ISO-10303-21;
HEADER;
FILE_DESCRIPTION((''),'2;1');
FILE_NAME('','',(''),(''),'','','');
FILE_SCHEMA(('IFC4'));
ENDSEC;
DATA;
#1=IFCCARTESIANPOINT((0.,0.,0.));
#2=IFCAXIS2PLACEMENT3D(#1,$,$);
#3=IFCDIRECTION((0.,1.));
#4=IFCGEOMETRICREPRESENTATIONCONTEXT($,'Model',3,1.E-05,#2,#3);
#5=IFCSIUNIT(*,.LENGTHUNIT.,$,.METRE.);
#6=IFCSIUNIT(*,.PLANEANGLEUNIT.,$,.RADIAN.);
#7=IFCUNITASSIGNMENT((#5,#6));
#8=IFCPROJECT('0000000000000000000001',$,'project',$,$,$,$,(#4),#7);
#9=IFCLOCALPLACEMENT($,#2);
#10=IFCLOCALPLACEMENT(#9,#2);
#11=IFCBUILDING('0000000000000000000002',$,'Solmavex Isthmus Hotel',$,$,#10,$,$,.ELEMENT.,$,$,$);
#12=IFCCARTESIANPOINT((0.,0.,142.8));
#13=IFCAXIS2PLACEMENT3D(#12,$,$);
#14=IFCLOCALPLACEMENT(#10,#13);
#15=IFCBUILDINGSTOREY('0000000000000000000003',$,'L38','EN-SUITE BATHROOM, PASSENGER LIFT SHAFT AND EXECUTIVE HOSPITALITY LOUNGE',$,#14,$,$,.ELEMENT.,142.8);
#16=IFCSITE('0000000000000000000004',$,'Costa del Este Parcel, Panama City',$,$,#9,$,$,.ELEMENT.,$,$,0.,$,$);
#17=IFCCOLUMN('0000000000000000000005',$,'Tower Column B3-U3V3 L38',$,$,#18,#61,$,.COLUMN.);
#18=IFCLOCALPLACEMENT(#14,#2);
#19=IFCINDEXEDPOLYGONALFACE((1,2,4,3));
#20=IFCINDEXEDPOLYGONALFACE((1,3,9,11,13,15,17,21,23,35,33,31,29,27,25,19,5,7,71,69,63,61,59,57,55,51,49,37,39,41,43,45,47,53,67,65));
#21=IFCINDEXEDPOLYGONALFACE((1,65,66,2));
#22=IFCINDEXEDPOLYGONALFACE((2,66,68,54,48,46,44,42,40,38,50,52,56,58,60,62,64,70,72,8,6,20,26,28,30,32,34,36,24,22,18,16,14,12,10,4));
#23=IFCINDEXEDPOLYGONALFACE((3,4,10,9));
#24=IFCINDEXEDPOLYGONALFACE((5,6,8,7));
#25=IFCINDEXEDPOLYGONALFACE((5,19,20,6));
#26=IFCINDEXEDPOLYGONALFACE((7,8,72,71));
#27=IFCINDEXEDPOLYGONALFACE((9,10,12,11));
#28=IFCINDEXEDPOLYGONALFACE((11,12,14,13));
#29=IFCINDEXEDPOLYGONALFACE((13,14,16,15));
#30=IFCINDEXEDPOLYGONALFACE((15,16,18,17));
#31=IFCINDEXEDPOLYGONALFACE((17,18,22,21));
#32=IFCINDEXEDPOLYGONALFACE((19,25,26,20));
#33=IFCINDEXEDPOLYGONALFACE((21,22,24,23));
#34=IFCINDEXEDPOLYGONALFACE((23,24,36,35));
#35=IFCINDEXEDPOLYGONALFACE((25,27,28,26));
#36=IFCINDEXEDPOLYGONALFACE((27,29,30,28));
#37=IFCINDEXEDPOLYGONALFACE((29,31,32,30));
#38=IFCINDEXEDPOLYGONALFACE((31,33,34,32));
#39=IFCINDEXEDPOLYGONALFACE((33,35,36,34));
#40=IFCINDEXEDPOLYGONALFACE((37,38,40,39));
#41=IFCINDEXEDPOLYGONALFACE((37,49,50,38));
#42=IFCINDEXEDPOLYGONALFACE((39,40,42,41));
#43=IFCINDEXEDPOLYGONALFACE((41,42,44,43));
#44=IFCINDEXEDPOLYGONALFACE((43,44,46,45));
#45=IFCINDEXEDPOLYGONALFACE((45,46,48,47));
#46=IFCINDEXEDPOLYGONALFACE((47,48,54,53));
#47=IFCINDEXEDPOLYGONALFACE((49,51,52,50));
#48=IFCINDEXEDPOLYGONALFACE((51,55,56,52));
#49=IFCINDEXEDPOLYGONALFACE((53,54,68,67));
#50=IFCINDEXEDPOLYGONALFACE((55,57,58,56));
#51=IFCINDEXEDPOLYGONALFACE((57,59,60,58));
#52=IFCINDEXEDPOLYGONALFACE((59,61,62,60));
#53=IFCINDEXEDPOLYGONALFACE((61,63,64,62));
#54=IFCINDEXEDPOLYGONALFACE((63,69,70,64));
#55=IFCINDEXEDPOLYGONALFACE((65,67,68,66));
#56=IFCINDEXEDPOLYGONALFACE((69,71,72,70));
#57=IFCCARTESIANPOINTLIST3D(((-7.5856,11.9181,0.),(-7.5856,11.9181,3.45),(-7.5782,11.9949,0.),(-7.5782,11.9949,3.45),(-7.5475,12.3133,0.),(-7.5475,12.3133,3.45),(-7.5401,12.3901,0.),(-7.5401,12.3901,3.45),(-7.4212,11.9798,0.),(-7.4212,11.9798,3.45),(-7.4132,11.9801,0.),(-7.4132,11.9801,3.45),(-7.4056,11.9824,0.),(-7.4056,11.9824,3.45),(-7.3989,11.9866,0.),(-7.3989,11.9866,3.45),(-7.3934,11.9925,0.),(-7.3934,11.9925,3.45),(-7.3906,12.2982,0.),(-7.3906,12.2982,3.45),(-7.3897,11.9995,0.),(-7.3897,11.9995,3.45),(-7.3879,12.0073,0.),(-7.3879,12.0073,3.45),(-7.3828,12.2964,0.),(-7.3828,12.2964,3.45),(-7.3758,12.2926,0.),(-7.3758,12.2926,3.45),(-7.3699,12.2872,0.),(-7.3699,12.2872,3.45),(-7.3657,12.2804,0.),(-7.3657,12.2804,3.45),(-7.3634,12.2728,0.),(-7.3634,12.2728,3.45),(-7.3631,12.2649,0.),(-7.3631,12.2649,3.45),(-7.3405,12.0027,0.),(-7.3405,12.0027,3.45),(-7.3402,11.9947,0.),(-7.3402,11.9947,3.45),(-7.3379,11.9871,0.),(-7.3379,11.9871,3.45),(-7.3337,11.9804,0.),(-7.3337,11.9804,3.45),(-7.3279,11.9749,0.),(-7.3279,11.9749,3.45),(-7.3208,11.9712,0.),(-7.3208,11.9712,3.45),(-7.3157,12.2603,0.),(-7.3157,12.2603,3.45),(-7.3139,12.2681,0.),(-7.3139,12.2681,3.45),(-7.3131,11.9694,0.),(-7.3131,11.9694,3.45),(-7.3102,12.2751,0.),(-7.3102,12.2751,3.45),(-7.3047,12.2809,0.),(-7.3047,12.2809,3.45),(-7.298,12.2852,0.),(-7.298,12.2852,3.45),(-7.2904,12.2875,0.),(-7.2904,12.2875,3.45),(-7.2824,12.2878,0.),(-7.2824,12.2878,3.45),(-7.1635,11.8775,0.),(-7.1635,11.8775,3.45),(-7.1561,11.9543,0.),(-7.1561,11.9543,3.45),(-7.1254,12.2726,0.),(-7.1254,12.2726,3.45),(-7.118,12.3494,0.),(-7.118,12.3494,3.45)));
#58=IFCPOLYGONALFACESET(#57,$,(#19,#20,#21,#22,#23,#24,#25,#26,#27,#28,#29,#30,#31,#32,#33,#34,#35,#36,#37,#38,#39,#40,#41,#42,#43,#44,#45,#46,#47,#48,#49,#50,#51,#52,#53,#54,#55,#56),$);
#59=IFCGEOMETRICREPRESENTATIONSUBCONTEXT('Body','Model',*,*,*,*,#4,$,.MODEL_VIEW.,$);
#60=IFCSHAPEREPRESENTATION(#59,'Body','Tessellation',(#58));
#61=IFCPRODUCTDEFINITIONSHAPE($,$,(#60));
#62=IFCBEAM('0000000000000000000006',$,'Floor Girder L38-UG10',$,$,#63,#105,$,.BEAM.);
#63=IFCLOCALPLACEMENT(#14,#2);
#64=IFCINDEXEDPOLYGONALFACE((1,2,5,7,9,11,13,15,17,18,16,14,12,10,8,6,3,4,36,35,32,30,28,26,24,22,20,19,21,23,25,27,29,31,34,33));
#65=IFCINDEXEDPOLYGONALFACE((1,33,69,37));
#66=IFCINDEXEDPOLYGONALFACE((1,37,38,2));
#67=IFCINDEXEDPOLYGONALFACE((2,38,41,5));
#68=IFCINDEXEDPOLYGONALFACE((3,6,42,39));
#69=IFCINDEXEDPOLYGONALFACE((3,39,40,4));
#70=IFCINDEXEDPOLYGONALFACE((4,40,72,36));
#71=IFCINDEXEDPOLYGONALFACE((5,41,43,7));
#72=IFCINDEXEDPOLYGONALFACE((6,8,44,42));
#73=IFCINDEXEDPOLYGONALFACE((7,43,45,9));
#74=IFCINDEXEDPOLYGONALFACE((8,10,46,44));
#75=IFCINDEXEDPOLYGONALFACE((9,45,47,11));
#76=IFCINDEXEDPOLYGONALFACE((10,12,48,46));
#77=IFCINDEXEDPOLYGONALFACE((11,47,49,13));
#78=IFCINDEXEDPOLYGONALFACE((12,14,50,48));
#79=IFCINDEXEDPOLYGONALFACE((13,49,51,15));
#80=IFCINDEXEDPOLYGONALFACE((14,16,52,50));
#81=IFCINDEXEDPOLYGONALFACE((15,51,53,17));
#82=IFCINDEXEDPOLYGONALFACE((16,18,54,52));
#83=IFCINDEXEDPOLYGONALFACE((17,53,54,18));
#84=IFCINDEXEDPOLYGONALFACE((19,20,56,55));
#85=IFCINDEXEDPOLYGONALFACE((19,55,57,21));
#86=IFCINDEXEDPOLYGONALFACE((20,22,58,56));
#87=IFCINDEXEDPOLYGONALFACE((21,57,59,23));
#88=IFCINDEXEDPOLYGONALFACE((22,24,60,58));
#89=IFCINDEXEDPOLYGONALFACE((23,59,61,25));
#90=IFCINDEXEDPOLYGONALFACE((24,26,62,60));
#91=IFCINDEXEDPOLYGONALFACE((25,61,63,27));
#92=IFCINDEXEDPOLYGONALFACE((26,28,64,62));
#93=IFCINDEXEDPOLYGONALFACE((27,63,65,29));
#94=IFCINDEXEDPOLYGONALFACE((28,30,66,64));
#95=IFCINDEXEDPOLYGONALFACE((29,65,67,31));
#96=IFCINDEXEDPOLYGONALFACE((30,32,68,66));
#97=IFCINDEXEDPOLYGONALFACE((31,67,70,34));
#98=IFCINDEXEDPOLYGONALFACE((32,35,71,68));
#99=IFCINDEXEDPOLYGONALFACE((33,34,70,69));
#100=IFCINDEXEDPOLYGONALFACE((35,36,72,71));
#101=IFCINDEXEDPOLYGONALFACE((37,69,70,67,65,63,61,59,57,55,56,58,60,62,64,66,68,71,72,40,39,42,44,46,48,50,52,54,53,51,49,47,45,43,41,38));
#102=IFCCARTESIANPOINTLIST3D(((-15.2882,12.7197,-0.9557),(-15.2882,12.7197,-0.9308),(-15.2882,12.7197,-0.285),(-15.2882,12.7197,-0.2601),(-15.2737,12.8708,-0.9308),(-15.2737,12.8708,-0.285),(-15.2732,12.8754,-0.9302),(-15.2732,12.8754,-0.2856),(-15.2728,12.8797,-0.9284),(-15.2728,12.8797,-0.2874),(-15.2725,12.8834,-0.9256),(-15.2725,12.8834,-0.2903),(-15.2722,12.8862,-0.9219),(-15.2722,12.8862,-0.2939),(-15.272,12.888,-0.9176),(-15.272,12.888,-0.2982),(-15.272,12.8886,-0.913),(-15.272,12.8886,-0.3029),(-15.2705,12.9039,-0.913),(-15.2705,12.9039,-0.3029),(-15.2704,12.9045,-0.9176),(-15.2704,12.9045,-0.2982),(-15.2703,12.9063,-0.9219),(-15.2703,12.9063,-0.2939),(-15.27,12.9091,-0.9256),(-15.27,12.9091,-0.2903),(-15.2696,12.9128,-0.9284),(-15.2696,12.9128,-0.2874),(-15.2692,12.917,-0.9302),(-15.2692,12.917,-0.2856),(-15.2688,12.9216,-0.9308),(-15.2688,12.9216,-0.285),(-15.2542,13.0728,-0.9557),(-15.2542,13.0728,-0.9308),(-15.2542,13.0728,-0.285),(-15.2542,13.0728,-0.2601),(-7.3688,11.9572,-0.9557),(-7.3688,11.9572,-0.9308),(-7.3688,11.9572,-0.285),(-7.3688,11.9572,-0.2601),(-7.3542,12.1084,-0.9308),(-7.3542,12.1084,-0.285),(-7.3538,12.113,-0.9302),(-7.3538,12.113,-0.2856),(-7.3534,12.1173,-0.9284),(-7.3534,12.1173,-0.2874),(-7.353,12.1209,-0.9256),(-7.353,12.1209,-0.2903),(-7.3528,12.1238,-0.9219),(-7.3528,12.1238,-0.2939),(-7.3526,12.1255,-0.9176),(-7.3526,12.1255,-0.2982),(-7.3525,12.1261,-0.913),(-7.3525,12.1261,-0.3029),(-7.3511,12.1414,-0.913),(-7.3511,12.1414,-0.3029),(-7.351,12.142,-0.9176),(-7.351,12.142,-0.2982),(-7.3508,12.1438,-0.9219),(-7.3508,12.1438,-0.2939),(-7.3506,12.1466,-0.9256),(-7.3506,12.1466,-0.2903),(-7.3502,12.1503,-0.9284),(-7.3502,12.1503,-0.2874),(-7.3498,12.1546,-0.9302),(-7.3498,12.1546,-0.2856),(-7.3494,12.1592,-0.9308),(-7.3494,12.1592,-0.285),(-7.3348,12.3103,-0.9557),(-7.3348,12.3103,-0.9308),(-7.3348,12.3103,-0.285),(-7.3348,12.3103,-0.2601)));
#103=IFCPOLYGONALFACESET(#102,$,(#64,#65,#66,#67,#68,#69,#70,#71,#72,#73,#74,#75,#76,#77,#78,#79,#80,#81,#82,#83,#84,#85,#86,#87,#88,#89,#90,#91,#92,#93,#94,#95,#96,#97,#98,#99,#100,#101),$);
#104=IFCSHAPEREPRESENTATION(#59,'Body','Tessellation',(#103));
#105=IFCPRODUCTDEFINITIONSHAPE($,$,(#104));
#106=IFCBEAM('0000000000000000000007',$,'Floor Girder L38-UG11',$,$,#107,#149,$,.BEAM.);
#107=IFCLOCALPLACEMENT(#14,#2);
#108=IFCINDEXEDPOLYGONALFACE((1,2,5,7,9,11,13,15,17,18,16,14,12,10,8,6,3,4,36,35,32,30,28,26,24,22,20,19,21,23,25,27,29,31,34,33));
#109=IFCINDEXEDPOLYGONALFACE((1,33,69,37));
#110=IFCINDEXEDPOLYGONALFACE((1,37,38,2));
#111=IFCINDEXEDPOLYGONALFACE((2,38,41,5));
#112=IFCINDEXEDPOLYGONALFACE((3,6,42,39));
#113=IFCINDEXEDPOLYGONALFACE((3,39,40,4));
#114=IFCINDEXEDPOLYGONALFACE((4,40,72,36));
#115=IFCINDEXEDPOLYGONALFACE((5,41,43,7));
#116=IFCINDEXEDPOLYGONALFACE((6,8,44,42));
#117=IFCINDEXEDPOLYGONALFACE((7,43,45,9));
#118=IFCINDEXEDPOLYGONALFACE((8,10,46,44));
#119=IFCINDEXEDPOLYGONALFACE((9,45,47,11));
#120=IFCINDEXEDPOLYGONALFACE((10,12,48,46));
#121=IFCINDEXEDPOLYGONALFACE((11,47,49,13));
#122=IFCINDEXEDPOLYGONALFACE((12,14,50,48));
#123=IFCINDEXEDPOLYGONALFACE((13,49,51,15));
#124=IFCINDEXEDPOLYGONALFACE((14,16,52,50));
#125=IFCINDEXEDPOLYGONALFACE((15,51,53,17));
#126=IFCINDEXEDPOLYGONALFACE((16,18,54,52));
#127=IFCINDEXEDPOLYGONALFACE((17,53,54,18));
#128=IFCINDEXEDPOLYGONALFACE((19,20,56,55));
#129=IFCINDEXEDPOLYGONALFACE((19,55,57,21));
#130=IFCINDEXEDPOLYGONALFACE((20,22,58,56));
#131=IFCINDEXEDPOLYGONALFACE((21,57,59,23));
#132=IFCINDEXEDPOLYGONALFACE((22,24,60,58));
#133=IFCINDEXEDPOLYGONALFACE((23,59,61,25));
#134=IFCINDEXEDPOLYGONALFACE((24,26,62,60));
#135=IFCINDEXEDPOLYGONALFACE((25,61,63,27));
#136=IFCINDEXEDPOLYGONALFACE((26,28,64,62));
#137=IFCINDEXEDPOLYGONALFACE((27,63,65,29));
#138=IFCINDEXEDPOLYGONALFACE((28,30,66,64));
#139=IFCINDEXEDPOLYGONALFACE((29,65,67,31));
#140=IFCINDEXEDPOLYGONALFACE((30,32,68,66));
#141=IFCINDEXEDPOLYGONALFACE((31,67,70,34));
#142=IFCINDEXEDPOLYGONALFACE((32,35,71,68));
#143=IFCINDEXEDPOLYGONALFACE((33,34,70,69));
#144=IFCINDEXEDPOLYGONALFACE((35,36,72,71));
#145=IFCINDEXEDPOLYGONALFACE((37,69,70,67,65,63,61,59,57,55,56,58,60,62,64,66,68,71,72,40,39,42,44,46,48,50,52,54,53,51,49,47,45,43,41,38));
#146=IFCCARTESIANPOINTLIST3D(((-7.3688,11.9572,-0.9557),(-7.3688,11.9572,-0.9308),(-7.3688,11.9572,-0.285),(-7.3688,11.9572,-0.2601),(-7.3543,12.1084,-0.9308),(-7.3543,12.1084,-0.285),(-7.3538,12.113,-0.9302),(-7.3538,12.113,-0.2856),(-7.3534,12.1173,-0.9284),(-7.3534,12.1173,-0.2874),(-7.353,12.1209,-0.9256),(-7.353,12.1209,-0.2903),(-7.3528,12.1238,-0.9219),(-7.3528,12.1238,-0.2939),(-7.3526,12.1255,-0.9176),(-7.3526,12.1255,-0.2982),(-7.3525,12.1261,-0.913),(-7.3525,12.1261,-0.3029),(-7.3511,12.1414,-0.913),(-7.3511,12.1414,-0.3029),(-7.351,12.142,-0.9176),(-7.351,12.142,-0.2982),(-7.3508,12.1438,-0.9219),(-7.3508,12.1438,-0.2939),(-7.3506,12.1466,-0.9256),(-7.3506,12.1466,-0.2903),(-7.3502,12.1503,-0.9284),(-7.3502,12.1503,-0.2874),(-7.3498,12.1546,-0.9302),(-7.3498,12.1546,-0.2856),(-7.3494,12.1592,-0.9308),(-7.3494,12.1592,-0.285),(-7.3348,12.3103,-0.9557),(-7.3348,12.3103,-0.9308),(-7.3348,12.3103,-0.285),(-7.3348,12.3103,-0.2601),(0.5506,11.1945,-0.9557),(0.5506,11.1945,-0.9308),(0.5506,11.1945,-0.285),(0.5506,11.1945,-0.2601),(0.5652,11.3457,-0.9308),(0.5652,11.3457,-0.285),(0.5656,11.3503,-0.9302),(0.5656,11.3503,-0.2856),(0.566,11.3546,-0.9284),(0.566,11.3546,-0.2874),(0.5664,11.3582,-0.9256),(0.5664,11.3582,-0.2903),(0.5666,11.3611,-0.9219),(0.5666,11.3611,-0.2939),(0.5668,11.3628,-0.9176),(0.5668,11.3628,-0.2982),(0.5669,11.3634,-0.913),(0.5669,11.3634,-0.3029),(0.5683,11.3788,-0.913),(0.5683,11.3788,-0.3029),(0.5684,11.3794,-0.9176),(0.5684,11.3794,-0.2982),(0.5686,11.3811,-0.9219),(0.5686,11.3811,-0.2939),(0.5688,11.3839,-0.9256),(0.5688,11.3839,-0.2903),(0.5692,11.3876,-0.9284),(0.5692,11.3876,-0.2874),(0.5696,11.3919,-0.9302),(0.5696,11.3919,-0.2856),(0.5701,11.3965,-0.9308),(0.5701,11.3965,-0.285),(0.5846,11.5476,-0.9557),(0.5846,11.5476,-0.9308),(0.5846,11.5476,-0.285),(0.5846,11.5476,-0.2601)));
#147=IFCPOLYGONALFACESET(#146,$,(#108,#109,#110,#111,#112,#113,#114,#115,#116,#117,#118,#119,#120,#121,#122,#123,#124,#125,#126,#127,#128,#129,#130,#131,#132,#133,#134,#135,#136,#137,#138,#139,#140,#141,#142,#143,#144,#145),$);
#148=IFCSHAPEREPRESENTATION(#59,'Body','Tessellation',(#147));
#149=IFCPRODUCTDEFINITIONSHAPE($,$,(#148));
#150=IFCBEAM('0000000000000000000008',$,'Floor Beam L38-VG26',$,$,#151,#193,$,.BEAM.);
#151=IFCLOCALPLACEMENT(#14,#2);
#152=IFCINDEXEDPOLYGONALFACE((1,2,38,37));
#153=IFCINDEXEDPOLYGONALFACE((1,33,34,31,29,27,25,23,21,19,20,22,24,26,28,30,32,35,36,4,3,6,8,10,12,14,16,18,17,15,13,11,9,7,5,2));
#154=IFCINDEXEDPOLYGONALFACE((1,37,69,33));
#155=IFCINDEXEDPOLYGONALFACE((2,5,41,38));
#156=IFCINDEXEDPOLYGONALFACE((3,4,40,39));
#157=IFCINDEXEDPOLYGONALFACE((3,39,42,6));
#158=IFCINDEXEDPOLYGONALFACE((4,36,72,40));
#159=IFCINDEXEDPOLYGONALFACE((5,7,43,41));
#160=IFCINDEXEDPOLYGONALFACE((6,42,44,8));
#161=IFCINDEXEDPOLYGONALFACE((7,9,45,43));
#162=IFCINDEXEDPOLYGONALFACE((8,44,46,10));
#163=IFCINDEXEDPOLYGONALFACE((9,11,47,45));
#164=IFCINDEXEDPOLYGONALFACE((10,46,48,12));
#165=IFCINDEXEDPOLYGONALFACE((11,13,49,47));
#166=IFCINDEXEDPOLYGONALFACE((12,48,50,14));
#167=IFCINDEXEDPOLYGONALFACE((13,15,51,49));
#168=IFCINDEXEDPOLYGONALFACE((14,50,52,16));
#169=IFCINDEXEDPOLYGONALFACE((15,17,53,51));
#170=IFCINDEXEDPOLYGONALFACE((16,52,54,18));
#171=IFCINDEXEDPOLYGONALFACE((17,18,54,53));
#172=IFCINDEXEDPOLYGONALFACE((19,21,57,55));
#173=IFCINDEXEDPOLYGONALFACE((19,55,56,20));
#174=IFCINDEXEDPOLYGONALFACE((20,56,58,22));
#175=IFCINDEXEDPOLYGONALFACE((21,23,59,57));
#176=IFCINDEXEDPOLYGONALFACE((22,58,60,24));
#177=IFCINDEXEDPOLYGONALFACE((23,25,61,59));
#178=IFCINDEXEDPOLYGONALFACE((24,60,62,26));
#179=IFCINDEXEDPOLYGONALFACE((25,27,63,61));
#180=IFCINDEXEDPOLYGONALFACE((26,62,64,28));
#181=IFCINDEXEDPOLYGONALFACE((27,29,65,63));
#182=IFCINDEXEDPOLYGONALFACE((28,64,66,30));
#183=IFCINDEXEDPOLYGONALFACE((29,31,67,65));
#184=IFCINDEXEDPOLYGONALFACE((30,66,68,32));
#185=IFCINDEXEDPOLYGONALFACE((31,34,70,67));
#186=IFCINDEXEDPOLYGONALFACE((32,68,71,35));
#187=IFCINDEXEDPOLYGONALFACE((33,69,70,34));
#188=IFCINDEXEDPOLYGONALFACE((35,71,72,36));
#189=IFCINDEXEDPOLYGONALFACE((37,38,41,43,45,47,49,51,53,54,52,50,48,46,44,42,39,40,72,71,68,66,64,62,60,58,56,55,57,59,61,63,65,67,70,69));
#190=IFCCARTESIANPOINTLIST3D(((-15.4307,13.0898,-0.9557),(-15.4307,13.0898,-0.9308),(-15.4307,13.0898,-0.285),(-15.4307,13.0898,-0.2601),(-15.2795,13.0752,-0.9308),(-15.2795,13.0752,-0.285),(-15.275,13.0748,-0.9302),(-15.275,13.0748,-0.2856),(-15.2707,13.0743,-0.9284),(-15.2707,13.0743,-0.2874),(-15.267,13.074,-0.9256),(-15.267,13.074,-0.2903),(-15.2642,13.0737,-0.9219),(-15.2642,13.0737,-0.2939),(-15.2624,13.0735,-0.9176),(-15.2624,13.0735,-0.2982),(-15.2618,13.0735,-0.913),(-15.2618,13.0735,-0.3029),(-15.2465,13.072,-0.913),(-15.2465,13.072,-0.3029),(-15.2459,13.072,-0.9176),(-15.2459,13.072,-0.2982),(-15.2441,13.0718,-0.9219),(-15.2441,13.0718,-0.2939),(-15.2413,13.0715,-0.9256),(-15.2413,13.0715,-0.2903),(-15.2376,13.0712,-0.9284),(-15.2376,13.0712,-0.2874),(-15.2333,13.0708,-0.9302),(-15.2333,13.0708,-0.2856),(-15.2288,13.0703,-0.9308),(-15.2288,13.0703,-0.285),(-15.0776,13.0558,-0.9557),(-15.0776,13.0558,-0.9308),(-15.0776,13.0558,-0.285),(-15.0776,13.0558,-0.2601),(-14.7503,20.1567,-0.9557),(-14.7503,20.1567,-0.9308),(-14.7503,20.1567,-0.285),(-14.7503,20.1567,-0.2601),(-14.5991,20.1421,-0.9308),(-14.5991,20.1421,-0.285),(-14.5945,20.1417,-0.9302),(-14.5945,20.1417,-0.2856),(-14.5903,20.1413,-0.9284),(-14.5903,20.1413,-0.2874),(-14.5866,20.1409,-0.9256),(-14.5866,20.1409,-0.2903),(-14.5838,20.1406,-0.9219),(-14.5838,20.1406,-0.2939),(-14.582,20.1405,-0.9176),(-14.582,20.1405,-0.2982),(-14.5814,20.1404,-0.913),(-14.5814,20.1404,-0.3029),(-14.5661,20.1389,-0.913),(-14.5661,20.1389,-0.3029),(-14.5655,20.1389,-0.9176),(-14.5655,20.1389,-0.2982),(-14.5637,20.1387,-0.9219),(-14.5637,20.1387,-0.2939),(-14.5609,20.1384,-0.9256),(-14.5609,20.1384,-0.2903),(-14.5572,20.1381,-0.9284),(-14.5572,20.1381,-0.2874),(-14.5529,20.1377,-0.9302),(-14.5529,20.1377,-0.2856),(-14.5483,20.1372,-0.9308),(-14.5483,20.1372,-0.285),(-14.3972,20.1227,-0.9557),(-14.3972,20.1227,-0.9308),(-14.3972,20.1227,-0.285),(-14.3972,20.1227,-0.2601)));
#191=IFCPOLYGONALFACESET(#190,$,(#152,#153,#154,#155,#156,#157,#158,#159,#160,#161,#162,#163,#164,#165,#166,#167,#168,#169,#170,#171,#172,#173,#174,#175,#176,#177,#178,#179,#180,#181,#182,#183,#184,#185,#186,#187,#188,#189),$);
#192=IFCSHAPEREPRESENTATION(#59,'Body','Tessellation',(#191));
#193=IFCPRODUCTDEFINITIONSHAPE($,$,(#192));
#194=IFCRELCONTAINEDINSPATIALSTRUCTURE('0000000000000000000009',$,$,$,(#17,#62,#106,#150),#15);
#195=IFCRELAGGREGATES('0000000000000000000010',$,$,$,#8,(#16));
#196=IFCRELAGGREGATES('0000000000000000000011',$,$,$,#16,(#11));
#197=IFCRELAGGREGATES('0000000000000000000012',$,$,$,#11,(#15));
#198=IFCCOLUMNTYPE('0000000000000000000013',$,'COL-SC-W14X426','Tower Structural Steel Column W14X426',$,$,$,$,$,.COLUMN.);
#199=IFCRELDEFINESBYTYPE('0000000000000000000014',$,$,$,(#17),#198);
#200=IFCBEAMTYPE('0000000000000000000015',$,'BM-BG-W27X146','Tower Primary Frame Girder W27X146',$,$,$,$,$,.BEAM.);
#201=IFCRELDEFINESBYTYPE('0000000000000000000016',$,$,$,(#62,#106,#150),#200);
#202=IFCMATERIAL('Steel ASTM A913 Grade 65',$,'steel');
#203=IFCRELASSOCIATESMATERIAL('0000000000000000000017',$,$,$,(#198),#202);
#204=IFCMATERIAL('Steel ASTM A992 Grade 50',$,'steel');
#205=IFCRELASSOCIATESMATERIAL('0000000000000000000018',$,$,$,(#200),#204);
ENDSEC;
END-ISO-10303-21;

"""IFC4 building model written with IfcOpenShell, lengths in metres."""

from ifc_helpers import new_model, si_unit, direction, frame, origin, origin_2d, place, context, subcontext, project, spatial, i_section, extrude, material, material_profile, profile_set, type_object, element, save


model = new_model("IFC4")

# Units and contexts
model_context = context("Model", 3, precision=1e-05, world=origin(), true_north=direction((0.0, 1.0)))
body_context = subcontext(model_context, "Body", "Model", "MODEL_VIEW")
ifc_project = project(units=[si_unit("LENGTHUNIT", "METRE"), si_unit("PLANEANGLEUNIT", "RADIAN")], contexts=[model_context])

# Site, building, storey
site_placement = place(None, origin())
site = spatial("IfcSite", under=ifc_project, at=site_placement, Name="Costa del Este Parcel, Panama City", CompositionType="ELEMENT", RefElevation=0.0)
building_placement = place(site_placement, origin())
building = spatial("IfcBuilding", under=site, at=building_placement, Name="Solmavex Isthmus Hotel", CompositionType="ELEMENT")
storey_placement = place(building_placement, frame((0.0, 0.0, 142.8)))
storey = spatial("IfcBuildingStorey", under=building, at=storey_placement, Name="L38", Description="EN-SUITE BATHROOM, PASSENGER LIFT SHAFT AND EXECUTIVE HOSPITALITY LOUNGE", CompositionType="ELEMENT", Elevation=142.8)

# Column
ifc_material_1 = material(Name="Steel ASTM A913 Grade 65", Category="steel")
ifc_material_profile_1 = material_profile(ifc_material_1, i_section(OverallWidth=0.4241, OverallDepth=0.4741, WebThickness=0.0476, FlangeThickness=0.0771, FilletRadius=0.0305, at=origin_2d()), Name="W14X426")
ifc_profile_set_1 = profile_set([ifc_material_profile_1], Name="Steel ASTM A913 Grade 65")
column_type = type_object("IfcColumnType", Name="COL-SC-W14X426", Description="Tower Structural Steel Column W14X426", PredefinedType="COLUMN", material=ifc_profile_set_1)
column_placement = place(storey_placement, frame((-7.3518, 12.1338, 0.0), z_axis=(0.0, 0.0, 1.0), x_axis=(0.995396, -0.095846, 0.0)))
element("IfcColumn", 1, at=column_placement, inside=storey, type_object=column_type, Name="Tower Column B3-U3V3 L38", PredefinedType="COLUMN", context=body_context, shape_type="SweptSolid", body=[
    extrude(i_section(OverallWidth=0.4241, OverallDepth=0.4741, WebThickness=0.0476, FlangeThickness=0.0771, FilletRadius=0.0305, at=origin_2d()), origin(), (0.0, 0.0, 1.0), 3.45),
])

# Beams
ifc_material_2 = material(Name="Steel ASTM A992 Grade 50", Category="steel")
ifc_material_profile_2 = material_profile(ifc_material_2, i_section(OverallWidth=0.3547, OverallDepth=0.6956, WebThickness=0.0154, FlangeThickness=0.0249, FilletRadius=0.0178, at=origin_2d()), Name="W27X146")
ifc_profile_set_2 = profile_set([ifc_material_profile_2], Name="Steel ASTM A992 Grade 50")
beam_type_1 = type_object("IfcBeamType", Name="BM-BG-W27X146", Description="Tower Primary Frame Girder W27X146", PredefinedType="BEAM", material=ifc_profile_set_2)
for number, where, z_axis, x_axis, name in (
    (2, (-15.2712, 12.8962, -0.6079), (0.995397, -0.095833, 0.0), (0.095833, 0.995397, 0.0), "Floor Girder L38-UG10"),
    (3, (-7.3518, 12.1338, -0.6079), (0.995395, -0.095863, 0.0), (0.095863, 0.995395, 0.0), "Floor Girder L38-UG11"),
):
    element("IfcBeam", number, at=place(storey_placement, frame(where, z_axis=z_axis, x_axis=x_axis)), inside=storey, type_object=beam_type_1, Name=name, PredefinedType="BEAM", context=body_context, shape_type="SweptSolid", body=[
        extrude(i_section(OverallWidth=0.3547, OverallDepth=0.6956, WebThickness=0.0154, FlangeThickness=0.0249, FilletRadius=0.0178, at=origin_2d()), origin(), (0.0, 0.0, 1.0), 7.9561),
    ])
beam_1_placement = place(storey_placement, frame((-15.2542, 13.0728, -0.6079), z_axis=(0.09584, 0.995397, 0.0), x_axis=(-0.995397, 0.09584, 0.0)))
element("IfcBeam", 4, at=beam_1_placement, inside=storey, type_object=beam_type_1, Name="Floor Beam L38-VG26", PredefinedType="BEAM", context=body_context, shape_type="SweptSolid", body=[
    extrude(i_section(OverallWidth=0.3547, OverallDepth=0.6956, WebThickness=0.0154, FlangeThickness=0.0249, FilletRadius=0.0178, at=origin_2d()), origin(), (0.0, 0.0, 1.0), 7.0996),
])

save(model, "model.ifc")
